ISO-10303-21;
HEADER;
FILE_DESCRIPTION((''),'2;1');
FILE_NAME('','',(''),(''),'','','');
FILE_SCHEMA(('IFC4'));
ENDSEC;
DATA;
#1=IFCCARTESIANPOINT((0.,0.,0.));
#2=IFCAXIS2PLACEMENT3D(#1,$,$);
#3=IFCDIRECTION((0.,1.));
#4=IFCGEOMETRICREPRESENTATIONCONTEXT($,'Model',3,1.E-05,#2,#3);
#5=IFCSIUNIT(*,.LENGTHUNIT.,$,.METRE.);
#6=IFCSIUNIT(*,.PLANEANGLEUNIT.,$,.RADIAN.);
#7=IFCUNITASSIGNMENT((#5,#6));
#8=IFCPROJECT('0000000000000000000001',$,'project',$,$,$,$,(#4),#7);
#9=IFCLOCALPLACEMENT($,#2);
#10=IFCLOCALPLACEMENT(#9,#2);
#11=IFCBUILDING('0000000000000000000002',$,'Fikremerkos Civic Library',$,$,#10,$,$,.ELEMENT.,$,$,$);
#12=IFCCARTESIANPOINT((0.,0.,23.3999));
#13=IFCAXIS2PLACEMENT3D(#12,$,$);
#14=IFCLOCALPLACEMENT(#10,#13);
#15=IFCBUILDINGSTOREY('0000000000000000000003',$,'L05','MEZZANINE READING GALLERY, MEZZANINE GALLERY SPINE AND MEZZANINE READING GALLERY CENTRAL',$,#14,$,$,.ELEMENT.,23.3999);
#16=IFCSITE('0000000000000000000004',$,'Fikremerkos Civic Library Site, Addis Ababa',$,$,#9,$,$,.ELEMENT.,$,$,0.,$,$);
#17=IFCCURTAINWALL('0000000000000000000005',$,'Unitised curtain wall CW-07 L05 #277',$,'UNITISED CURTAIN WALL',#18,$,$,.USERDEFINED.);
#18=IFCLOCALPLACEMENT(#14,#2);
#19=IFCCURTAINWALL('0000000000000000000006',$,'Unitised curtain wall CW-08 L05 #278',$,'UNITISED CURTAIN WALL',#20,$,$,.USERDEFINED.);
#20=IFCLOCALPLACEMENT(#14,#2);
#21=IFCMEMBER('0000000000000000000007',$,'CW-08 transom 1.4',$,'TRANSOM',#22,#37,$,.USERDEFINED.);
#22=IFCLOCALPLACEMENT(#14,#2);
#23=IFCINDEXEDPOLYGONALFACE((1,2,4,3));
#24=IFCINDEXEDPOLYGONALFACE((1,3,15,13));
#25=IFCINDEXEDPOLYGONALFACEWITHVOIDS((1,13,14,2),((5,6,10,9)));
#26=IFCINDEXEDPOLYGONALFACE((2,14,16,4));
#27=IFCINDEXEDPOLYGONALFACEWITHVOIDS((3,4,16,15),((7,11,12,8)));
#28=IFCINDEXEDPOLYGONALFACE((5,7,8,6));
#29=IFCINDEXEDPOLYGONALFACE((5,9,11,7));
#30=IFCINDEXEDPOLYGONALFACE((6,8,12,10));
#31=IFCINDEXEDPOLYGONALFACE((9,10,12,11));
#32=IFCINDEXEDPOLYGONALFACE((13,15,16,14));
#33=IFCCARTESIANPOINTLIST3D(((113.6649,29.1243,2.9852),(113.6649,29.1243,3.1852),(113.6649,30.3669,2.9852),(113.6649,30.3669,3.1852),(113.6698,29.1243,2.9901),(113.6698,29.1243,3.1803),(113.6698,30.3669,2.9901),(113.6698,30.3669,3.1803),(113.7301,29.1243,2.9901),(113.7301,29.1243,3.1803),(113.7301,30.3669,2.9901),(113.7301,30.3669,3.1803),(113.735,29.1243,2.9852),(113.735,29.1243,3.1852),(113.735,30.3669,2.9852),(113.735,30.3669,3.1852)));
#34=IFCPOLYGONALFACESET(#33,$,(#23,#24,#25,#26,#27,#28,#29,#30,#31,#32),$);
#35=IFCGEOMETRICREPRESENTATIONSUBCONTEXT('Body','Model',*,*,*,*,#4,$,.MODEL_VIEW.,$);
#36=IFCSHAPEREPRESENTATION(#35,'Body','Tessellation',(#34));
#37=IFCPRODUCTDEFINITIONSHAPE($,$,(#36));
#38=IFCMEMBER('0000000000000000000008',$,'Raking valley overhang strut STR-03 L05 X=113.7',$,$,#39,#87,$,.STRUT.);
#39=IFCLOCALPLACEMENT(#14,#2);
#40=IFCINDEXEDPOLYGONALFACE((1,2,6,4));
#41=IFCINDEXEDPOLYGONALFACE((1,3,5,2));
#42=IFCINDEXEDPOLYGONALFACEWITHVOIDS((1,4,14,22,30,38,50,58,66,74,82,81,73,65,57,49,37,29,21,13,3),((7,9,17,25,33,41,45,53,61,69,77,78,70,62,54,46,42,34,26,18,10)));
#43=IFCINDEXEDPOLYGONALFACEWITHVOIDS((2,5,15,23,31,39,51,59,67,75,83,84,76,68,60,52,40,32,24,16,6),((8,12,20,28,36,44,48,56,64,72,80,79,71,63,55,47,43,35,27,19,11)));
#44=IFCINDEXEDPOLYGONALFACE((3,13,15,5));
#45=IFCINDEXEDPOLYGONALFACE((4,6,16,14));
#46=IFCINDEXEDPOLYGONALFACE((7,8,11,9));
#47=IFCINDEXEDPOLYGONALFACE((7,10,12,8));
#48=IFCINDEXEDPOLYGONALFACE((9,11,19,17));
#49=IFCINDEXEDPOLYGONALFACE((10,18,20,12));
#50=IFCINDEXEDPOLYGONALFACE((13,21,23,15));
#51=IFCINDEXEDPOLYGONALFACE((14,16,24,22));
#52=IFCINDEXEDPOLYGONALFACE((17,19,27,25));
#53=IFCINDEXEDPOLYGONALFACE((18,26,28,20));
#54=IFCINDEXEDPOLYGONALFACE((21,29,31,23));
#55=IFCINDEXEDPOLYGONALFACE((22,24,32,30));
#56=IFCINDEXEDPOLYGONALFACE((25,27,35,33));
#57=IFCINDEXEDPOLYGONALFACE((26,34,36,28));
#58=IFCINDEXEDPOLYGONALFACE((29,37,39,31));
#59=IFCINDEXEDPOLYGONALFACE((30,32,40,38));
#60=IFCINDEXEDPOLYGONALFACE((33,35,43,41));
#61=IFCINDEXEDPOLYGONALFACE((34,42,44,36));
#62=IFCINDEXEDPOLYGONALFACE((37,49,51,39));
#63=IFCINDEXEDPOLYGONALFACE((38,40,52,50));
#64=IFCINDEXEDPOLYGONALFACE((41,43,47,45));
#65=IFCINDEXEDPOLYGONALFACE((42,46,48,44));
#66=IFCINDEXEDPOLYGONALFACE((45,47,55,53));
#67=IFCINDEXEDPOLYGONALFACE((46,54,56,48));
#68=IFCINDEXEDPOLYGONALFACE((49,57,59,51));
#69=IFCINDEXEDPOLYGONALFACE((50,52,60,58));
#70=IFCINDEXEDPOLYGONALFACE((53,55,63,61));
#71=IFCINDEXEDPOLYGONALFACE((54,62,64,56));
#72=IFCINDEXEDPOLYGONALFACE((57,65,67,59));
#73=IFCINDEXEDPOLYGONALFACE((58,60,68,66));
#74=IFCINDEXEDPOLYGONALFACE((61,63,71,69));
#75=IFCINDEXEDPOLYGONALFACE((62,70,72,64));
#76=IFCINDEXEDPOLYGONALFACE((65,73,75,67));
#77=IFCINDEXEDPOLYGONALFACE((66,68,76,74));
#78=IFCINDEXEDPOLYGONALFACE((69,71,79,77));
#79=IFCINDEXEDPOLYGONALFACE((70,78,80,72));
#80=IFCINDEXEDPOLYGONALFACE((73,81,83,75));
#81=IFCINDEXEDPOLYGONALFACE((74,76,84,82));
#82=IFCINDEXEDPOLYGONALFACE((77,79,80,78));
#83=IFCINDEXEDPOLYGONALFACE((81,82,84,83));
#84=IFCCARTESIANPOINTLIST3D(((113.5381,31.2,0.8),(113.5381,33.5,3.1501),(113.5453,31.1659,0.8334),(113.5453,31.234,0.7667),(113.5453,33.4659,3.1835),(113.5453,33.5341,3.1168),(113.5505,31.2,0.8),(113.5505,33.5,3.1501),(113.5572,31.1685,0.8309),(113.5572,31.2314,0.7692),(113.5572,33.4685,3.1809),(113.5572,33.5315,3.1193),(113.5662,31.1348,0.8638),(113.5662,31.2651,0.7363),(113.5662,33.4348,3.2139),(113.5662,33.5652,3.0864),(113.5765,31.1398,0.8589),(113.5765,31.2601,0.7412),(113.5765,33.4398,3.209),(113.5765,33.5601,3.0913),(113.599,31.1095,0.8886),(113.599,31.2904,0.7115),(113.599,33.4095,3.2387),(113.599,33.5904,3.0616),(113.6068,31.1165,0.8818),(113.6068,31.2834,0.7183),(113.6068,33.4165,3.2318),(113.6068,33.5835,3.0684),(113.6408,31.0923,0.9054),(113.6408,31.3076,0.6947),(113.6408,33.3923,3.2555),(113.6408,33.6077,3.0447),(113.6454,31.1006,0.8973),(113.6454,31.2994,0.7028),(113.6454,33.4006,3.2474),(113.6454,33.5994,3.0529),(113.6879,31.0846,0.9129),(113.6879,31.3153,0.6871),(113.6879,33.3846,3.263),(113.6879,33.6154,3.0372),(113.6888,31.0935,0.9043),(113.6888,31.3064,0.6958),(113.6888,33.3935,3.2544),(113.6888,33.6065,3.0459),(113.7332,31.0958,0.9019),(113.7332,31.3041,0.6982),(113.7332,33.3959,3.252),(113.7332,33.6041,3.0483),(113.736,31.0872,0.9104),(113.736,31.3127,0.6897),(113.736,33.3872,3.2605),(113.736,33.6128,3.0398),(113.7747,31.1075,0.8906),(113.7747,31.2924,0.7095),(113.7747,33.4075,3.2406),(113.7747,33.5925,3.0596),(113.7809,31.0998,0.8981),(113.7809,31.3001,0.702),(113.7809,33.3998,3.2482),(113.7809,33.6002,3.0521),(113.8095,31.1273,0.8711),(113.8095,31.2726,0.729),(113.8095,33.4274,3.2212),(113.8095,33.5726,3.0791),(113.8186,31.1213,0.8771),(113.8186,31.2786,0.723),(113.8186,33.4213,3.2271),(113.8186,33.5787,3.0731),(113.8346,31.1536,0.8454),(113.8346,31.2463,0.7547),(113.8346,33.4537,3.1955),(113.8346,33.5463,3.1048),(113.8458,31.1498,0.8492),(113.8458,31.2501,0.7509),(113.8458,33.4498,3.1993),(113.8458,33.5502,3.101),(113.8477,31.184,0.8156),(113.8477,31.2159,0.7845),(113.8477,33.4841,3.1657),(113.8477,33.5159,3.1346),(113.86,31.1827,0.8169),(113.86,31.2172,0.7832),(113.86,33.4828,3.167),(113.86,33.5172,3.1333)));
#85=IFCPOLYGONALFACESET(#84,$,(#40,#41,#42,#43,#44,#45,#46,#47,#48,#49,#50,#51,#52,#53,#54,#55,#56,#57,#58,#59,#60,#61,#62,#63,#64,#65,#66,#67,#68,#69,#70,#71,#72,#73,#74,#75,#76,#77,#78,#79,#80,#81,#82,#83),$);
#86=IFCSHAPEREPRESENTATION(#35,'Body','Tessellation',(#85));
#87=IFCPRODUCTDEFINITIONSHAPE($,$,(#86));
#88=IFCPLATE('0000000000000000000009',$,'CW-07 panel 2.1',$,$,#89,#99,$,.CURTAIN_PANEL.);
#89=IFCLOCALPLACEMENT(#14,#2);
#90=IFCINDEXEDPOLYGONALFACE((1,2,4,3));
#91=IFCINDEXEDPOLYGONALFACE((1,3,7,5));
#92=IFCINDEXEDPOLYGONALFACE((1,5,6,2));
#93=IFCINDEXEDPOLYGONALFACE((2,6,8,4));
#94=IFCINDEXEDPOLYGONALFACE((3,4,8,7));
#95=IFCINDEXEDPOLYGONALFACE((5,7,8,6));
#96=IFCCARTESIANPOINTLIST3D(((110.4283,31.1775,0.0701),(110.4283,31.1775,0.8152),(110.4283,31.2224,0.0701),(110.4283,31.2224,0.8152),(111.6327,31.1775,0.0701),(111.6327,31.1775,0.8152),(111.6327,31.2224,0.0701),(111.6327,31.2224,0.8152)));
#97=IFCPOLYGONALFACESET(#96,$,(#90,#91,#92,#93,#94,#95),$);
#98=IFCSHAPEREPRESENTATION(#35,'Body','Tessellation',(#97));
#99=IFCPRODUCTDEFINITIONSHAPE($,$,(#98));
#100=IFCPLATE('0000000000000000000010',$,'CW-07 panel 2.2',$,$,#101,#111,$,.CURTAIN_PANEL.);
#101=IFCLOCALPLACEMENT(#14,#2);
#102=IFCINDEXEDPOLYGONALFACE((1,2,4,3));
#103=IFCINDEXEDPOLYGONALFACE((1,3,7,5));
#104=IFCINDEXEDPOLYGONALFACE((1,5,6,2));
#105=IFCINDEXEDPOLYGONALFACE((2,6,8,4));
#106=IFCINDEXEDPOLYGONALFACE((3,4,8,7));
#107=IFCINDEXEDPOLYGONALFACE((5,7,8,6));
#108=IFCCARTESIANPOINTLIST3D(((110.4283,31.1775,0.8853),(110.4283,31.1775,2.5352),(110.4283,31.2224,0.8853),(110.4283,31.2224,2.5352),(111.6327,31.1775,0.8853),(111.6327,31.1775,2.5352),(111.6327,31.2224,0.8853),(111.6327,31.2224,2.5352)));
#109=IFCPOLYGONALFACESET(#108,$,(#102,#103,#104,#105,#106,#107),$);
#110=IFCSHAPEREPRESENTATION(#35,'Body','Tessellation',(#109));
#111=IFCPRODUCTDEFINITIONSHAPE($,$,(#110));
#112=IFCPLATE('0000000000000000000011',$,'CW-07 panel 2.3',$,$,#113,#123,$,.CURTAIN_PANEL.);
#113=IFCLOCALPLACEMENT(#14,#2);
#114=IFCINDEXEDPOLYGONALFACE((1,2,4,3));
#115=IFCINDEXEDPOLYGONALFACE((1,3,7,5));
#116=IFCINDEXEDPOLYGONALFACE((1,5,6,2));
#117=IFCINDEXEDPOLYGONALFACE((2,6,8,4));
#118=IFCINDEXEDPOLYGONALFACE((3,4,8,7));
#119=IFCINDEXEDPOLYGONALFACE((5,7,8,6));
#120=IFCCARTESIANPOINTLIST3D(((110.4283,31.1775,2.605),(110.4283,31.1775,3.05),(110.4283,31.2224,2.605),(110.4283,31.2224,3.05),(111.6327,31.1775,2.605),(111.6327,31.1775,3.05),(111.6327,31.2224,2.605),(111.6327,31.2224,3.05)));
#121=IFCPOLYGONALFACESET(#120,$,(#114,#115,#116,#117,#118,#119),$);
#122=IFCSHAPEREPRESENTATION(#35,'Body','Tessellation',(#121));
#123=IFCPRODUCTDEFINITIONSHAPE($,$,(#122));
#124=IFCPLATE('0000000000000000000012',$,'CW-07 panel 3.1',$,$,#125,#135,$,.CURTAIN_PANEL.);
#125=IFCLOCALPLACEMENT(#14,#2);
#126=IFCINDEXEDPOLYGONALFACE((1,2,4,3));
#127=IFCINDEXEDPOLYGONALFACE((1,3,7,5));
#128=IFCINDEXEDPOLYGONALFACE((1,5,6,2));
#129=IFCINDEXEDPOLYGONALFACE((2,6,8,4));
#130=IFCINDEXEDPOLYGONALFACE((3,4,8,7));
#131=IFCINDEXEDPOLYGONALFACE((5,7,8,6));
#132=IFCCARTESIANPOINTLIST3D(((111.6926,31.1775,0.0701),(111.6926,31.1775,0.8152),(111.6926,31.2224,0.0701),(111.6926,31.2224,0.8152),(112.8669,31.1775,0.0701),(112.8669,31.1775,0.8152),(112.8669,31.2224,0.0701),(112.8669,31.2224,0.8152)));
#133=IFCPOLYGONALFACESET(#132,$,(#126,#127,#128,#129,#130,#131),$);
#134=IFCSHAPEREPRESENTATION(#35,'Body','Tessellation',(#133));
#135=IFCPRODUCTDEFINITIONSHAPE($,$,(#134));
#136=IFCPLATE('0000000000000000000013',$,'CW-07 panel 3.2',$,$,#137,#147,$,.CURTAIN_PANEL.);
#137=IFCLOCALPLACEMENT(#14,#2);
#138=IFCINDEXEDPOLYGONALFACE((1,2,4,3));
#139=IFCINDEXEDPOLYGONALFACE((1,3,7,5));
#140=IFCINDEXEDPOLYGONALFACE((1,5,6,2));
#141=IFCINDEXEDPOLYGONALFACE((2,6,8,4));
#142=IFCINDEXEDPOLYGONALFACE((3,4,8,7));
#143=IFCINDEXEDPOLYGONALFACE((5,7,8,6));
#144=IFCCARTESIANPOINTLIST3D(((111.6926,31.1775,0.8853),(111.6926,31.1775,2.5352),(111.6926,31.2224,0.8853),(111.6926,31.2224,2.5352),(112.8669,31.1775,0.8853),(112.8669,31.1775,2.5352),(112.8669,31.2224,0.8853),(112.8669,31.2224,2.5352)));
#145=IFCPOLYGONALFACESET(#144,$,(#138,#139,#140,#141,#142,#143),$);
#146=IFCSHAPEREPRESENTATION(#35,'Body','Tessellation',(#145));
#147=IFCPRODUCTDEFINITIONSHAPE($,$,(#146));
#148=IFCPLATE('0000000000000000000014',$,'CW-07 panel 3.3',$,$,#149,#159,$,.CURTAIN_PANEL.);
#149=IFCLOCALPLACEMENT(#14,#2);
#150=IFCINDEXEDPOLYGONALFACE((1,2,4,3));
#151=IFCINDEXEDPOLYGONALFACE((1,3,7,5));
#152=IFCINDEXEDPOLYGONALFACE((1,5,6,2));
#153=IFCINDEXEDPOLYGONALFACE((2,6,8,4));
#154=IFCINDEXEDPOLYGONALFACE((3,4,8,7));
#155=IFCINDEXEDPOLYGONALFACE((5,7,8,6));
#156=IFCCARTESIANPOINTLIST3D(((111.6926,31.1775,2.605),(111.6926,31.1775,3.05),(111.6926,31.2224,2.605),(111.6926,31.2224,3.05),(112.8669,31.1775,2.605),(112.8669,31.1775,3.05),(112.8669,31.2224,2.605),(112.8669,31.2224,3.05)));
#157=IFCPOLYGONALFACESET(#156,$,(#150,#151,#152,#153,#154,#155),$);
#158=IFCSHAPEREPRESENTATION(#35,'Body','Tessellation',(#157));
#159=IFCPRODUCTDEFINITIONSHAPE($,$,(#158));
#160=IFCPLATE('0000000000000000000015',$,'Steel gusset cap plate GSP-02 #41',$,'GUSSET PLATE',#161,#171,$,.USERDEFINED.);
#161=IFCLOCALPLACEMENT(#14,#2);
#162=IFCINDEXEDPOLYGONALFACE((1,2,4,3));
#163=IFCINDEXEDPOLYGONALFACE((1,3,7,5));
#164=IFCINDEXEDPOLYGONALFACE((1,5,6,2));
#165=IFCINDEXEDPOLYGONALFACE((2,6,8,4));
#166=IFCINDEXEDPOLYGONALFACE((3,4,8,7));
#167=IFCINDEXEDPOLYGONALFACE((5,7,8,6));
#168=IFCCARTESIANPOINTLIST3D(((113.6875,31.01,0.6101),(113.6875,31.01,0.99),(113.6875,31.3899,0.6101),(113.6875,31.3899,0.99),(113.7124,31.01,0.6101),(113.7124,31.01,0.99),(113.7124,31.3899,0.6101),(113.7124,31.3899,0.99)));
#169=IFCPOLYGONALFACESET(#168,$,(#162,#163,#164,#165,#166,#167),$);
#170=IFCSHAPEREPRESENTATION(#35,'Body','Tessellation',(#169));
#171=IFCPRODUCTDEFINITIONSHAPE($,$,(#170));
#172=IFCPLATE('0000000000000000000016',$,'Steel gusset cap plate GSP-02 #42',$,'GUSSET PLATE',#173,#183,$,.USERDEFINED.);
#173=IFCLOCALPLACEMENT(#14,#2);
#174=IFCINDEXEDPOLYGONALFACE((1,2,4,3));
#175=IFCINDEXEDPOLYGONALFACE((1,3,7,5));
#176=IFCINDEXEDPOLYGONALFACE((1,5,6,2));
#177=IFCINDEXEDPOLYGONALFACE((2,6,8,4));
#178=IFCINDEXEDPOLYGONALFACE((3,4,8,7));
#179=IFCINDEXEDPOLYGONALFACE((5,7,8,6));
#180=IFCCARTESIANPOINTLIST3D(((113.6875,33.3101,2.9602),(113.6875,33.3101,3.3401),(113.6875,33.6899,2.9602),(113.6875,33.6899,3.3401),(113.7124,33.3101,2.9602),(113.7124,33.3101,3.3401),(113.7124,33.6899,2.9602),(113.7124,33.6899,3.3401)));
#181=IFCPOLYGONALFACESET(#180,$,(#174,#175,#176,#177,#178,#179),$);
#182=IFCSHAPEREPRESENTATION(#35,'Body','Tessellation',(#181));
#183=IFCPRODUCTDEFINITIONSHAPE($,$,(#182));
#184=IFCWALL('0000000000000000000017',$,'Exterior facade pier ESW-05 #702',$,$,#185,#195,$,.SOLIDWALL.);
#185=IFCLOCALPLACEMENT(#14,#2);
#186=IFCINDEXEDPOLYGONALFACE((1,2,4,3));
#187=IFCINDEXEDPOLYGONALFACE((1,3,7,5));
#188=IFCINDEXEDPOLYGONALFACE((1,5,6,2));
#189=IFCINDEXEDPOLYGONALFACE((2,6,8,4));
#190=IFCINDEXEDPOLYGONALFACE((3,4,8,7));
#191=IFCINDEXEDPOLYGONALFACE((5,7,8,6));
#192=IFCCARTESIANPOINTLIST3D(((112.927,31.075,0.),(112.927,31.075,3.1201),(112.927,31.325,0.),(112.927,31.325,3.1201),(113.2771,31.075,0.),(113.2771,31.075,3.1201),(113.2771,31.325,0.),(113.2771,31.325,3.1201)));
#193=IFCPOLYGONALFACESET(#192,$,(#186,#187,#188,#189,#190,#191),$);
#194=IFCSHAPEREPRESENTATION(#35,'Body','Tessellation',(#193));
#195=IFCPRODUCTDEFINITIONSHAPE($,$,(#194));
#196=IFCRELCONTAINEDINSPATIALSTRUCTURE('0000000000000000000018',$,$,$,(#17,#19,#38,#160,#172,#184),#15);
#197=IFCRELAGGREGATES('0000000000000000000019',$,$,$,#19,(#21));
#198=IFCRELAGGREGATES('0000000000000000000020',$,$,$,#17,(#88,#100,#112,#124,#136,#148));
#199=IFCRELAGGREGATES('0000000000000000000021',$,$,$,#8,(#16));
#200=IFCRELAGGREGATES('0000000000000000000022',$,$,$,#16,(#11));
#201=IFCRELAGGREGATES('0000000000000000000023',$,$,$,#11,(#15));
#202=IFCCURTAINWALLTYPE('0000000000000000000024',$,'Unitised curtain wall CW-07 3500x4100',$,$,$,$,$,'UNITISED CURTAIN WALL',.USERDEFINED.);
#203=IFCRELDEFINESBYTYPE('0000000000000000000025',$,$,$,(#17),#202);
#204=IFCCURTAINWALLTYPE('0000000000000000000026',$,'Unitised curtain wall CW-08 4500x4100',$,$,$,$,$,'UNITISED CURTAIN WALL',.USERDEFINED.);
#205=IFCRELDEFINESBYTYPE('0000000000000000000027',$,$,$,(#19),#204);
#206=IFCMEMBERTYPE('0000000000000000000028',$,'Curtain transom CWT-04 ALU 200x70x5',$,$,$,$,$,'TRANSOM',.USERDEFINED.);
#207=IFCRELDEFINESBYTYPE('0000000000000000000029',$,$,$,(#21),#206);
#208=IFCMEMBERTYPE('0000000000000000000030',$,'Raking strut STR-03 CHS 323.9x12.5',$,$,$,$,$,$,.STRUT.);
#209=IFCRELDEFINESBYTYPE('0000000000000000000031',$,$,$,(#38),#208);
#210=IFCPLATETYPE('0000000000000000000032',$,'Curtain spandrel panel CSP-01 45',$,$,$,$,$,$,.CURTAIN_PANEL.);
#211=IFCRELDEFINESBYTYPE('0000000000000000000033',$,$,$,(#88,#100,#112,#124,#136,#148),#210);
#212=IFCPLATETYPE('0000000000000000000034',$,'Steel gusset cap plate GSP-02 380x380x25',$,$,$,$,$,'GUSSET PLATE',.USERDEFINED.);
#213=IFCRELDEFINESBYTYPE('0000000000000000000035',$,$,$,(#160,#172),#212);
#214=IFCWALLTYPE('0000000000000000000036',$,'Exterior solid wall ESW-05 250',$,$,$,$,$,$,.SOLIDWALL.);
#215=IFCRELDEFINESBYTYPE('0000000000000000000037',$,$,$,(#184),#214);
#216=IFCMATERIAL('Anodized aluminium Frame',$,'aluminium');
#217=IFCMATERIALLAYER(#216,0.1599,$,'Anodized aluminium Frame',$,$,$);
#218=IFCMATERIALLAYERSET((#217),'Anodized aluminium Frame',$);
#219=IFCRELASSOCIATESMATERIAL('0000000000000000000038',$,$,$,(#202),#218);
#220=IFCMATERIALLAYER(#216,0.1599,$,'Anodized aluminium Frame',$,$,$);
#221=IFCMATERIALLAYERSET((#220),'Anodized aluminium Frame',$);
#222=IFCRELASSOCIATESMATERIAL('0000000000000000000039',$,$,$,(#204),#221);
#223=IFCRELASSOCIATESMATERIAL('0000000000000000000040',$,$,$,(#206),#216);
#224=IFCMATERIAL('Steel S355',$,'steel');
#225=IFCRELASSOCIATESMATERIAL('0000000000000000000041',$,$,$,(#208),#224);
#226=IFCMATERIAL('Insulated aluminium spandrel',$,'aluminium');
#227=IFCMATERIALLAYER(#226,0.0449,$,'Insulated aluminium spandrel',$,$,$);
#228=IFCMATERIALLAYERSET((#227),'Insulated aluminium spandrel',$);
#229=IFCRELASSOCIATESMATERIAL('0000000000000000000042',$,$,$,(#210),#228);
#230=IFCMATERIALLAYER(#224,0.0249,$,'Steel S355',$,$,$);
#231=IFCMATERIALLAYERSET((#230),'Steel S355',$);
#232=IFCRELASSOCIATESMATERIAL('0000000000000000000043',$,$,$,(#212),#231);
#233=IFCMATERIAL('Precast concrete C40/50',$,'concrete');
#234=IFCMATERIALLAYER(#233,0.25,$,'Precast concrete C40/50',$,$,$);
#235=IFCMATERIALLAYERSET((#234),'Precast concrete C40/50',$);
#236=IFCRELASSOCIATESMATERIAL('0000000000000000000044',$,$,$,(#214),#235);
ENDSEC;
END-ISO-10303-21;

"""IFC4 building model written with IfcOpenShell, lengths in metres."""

from ifc_helpers import new_model, si_unit, direction, frame, frame_2d, origin, origin_2d, place, context, subcontext, project, spatial, rectangle, hollow_rectangle, hollow_circle, extrude, material, layer, layer_set, material_profile, profile_set, type_object, element, aggregate, save


model = new_model("IFC4")

# Units and contexts
model_context = context("Model", 3, precision=1e-05, world=origin(), true_north=direction((0.0, 1.0)))
body_context = subcontext(model_context, "Body", "Model", "MODEL_VIEW")
ifc_project = project(units=[si_unit("LENGTHUNIT", "METRE"), si_unit("PLANEANGLEUNIT", "RADIAN")], contexts=[model_context])

# Site, building, storey
site_placement = place(None, origin())
site = spatial("IfcSite", under=ifc_project, at=site_placement, Name="Fikremerkos Civic Library Site, Addis Ababa", CompositionType="ELEMENT", RefElevation=0.0)
building_placement = place(site_placement, origin())
building = spatial("IfcBuilding", under=site, at=building_placement, Name="Fikremerkos Civic Library", CompositionType="ELEMENT")
storey_placement = place(building_placement, frame((0.0, 0.0, 23.3999)))
storey = spatial("IfcBuildingStorey", under=building, at=storey_placement, Name="L05", Description="MEZZANINE READING GALLERY, MEZZANINE GALLERY SPINE AND MEZZANINE READING GALLERY CENTRAL", CompositionType="ELEMENT", Elevation=23.3999)

# Curtain wall
ifc_material_1 = material(Name="Anodized aluminium Frame", Category="aluminium")
ifc_layer_1 = layer(ifc_material_1, 0.1599, Name="Anodized aluminium Frame")
ifc_layer_set_1 = layer_set([ifc_layer_1], Name="Anodized aluminium Frame")
curtain_wall_type_1 = type_object("IfcCurtainWallType", Name="Unitised curtain wall CW-07 3500x4100", ElementType="UNITISED CURTAIN WALL", PredefinedType="USERDEFINED", material=ifc_layer_set_1)
curtain_wall_1_placement = place(storey_placement, origin())
curtain_wall_1 = element("IfcCurtainWall", 1, at=curtain_wall_1_placement, inside=storey, type_object=curtain_wall_type_1, Name="Unitised curtain wall CW-07 L05 #277", ObjectType="UNITISED CURTAIN WALL", PredefinedType="USERDEFINED")

# Curtain wall
ifc_layer_2 = layer(ifc_material_1, 0.1599, Name="Anodized aluminium Frame")
ifc_layer_set_2 = layer_set([ifc_layer_2], Name="Anodized aluminium Frame")
curtain_wall_type_2 = type_object("IfcCurtainWallType", Name="Unitised curtain wall CW-08 4500x4100", ElementType="UNITISED CURTAIN WALL", PredefinedType="USERDEFINED", material=ifc_layer_set_2)
curtain_wall_2_placement = place(storey_placement, origin())
curtain_wall_2 = element("IfcCurtainWall", 2, at=curtain_wall_2_placement, inside=storey, type_object=curtain_wall_type_2, Name="Unitised curtain wall CW-08 L05 #278", ObjectType="UNITISED CURTAIN WALL", PredefinedType="USERDEFINED")

# Members
ifc_material_profile_1 = material_profile(ifc_material_1, hollow_rectangle(XDim=0.0701, YDim=0.2, WallThickness=0.0049, at=origin_2d()), Name="ALU 200x70x5")
ifc_profile_set_1 = profile_set([ifc_material_profile_1], Name="Anodized aluminium Frame")
member_type_1 = type_object("IfcMemberType", Name="Curtain transom CWT-04 ALU 200x70x5", ElementType="TRANSOM", PredefinedType="USERDEFINED", material=ifc_profile_set_1)
member_1_placement = place(storey_placement, frame((113.7, 30.3669, 3.0852), z_axis=(0.0, -1.0, 0.0), x_axis=(1.0, 0.0, 0.0)))
member_1 = element("IfcMember", 3, at=member_1_placement, type_object=member_type_1, Name="CW-08 transom 1.4", ObjectType="TRANSOM", PredefinedType="USERDEFINED", context=body_context, shape_type="SweptSolid", body=[
    extrude(hollow_rectangle(XDim=0.0701, YDim=0.2, WallThickness=0.0049, at=origin_2d()), origin(), (0.0, 0.0, 1.0), 1.2427),
])
aggregate(curtain_wall_2, [member_1])
ifc_material_2 = material(Name="Steel S355", Category="steel")
ifc_material_profile_2 = material_profile(ifc_material_2, hollow_circle(Radius=0.1619, WallThickness=0.0125, at=origin_2d()), Name="CHS 323.9x12.5")
ifc_profile_set_2 = profile_set([ifc_material_profile_2], Name="Steel S355")
member_type_2 = type_object("IfcMemberType", Name="Raking strut STR-03 CHS 323.9x12.5", PredefinedType="STRUT", material=ifc_profile_set_2)
member_2_placement = place(storey_placement, frame((113.7, 31.2, 0.8), z_axis=(0.0, 0.699456, 0.714676), x_axis=(-1.0, 0.0, 0.0)))
element("IfcMember", 4, at=member_2_placement, inside=storey, type_object=member_type_2, Name="Raking valley overhang strut STR-03 L05 X=113.7", PredefinedType="STRUT", context=body_context, shape_type="SweptSolid", body=[
    extrude(hollow_circle(Radius=0.1619, WallThickness=0.0125, at=origin_2d()), origin(), (0.0, 0.0, 1.0), 3.2883),
])

# Plates
ifc_material_3 = material(Name="Insulated aluminium spandrel", Category="aluminium")
ifc_layer_3 = layer(ifc_material_3, 0.0449, Name="Insulated aluminium spandrel")
ifc_layer_set_3 = layer_set([ifc_layer_3], Name="Insulated aluminium spandrel")
plate_type_1 = type_object("IfcPlateType", Name="Curtain spandrel panel CSP-01 45", PredefinedType="CURTAIN_PANEL", material=ifc_layer_set_3)
plate_1_placement = place(storey_placement, frame((111.0305, 31.2, 0.0701), z_axis=(0.0, 0.0, 1.0), x_axis=(1.0, 0.0, 0.0)))
plate_1 = element("IfcPlate", 5, at=plate_1_placement, type_object=plate_type_1, Name="CW-07 panel 2.1", PredefinedType="CURTAIN_PANEL", context=body_context, shape_type="SweptSolid", body=[
    extrude(rectangle(XDim=1.2043, YDim=0.0449, at=origin_2d()), origin(), (0.0, 0.0, 1.0), 0.7451),
])
plate_2_placement = place(storey_placement, frame((111.0305, 31.2, 0.8853), z_axis=(0.0, 0.0, 1.0), x_axis=(1.0, 0.0, 0.0)))
plate_2 = element("IfcPlate", 6, at=plate_2_placement, type_object=plate_type_1, Name="CW-07 panel 2.2", PredefinedType="CURTAIN_PANEL", context=body_context, shape_type="SweptSolid", body=[
    extrude(rectangle(XDim=1.2043, YDim=0.0449, at=origin_2d()), origin(), (0.0, 0.0, 1.0), 1.6499),
])
plate_3_placement = place(storey_placement, frame((111.0305, 31.2, 2.605), z_axis=(0.0, 0.0, 1.0), x_axis=(1.0, 0.0, 0.0)))
plate_3 = element("IfcPlate", 7, at=plate_3_placement, type_object=plate_type_1, Name="CW-07 panel 2.3", PredefinedType="CURTAIN_PANEL", context=body_context, shape_type="SweptSolid", body=[
    extrude(rectangle(XDim=1.2043, YDim=0.0449, at=origin_2d()), origin(), (0.0, 0.0, 1.0), 0.4451),
])
plate_4_placement = place(storey_placement, frame((112.2798, 31.2, 0.0701), z_axis=(0.0, 0.0, 1.0), x_axis=(1.0, 0.0, 0.0)))
plate_4 = element("IfcPlate", 8, at=plate_4_placement, type_object=plate_type_1, Name="CW-07 panel 3.1", PredefinedType="CURTAIN_PANEL", context=body_context, shape_type="SweptSolid", body=[
    extrude(rectangle(XDim=1.1743, YDim=0.0449, at=origin_2d()), origin(), (0.0, 0.0, 1.0), 0.7451),
])
plate_5_placement = place(storey_placement, frame((112.2798, 31.2, 0.8853), z_axis=(0.0, 0.0, 1.0), x_axis=(1.0, 0.0, 0.0)))
plate_5 = element("IfcPlate", 9, at=plate_5_placement, type_object=plate_type_1, Name="CW-07 panel 3.2", PredefinedType="CURTAIN_PANEL", context=body_context, shape_type="SweptSolid", body=[
    extrude(rectangle(XDim=1.1743, YDim=0.0449, at=origin_2d()), origin(), (0.0, 0.0, 1.0), 1.6499),
])
plate_6_placement = place(storey_placement, frame((112.2798, 31.2, 2.605), z_axis=(0.0, 0.0, 1.0), x_axis=(1.0, 0.0, 0.0)))
plate_6 = element("IfcPlate", 10, at=plate_6_placement, type_object=plate_type_1, Name="CW-07 panel 3.3", PredefinedType="CURTAIN_PANEL", context=body_context, shape_type="SweptSolid", body=[
    extrude(rectangle(XDim=1.1743, YDim=0.0449, at=origin_2d()), origin(), (0.0, 0.0, 1.0), 0.4451),
])
aggregate(curtain_wall_1, [plate_1, plate_2, plate_3, plate_4, plate_5, plate_6])

# Plates
ifc_layer_4 = layer(ifc_material_2, 0.0249, Name="Steel S355")
ifc_layer_set_4 = layer_set([ifc_layer_4], Name="Steel S355")
plate_type_2 = type_object("IfcPlateType", Name="Steel gusset cap plate GSP-02 380x380x25", ElementType="GUSSET PLATE", PredefinedType="USERDEFINED", material=ifc_layer_set_4)
for number, where, z_axis, x_axis, name in (
    (11, (113.7, 31.2, 0.6101), (0.0, 0.0, 1.0), (1.0, 0.0, 0.0), "Steel gusset cap plate GSP-02 #41"),
    (12, (113.7, 33.5, 2.9602), (0.0, 0.0, 1.0), (1.0, 0.0, 0.0), "Steel gusset cap plate GSP-02 #42"),
):
    element("IfcPlate", number, at=place(storey_placement, frame(where, z_axis=z_axis, x_axis=x_axis)), inside=storey, type_object=plate_type_2, Name=name, ObjectType="GUSSET PLATE", PredefinedType="USERDEFINED", context=body_context, shape_type="SweptSolid", body=[
        extrude(rectangle(XDim=0.0249, YDim=0.3799, at=origin_2d()), origin(), (0.0, 0.0, 1.0), 0.3799),
    ])

# Wall
ifc_material_4 = material(Name="Precast concrete C40/50", Category="concrete")
ifc_layer_5 = layer(ifc_material_4, 0.25, Name="Precast concrete C40/50")
ifc_layer_set_5 = layer_set([ifc_layer_5], Name="Precast concrete C40/50")
wall_type = type_object("IfcWallType", Name="Exterior solid wall ESW-05 250", PredefinedType="SOLIDWALL", material=ifc_layer_set_5)
for number, where, z_axis, x_axis, name in (
    (13, (112.927, 31.2, 0.0), (0.0, 0.0, 1.0), (1.0, 0.0, 0.0), "Exterior facade pier ESW-05 #702"),
):
    element("IfcWall", number, at=place(storey_placement, frame(where, z_axis=z_axis, x_axis=x_axis)), inside=storey, type_object=wall_type, Name=name, PredefinedType="SOLIDWALL", context=body_context, shape_type="SweptSolid", body=[
        extrude(rectangle(XDim=0.3501, YDim=0.25, at=frame_2d((0.175, 0.0))), origin(), (0.0, 0.0, 1.0), 3.1201),
    ])

save(model, "model.ifc")
